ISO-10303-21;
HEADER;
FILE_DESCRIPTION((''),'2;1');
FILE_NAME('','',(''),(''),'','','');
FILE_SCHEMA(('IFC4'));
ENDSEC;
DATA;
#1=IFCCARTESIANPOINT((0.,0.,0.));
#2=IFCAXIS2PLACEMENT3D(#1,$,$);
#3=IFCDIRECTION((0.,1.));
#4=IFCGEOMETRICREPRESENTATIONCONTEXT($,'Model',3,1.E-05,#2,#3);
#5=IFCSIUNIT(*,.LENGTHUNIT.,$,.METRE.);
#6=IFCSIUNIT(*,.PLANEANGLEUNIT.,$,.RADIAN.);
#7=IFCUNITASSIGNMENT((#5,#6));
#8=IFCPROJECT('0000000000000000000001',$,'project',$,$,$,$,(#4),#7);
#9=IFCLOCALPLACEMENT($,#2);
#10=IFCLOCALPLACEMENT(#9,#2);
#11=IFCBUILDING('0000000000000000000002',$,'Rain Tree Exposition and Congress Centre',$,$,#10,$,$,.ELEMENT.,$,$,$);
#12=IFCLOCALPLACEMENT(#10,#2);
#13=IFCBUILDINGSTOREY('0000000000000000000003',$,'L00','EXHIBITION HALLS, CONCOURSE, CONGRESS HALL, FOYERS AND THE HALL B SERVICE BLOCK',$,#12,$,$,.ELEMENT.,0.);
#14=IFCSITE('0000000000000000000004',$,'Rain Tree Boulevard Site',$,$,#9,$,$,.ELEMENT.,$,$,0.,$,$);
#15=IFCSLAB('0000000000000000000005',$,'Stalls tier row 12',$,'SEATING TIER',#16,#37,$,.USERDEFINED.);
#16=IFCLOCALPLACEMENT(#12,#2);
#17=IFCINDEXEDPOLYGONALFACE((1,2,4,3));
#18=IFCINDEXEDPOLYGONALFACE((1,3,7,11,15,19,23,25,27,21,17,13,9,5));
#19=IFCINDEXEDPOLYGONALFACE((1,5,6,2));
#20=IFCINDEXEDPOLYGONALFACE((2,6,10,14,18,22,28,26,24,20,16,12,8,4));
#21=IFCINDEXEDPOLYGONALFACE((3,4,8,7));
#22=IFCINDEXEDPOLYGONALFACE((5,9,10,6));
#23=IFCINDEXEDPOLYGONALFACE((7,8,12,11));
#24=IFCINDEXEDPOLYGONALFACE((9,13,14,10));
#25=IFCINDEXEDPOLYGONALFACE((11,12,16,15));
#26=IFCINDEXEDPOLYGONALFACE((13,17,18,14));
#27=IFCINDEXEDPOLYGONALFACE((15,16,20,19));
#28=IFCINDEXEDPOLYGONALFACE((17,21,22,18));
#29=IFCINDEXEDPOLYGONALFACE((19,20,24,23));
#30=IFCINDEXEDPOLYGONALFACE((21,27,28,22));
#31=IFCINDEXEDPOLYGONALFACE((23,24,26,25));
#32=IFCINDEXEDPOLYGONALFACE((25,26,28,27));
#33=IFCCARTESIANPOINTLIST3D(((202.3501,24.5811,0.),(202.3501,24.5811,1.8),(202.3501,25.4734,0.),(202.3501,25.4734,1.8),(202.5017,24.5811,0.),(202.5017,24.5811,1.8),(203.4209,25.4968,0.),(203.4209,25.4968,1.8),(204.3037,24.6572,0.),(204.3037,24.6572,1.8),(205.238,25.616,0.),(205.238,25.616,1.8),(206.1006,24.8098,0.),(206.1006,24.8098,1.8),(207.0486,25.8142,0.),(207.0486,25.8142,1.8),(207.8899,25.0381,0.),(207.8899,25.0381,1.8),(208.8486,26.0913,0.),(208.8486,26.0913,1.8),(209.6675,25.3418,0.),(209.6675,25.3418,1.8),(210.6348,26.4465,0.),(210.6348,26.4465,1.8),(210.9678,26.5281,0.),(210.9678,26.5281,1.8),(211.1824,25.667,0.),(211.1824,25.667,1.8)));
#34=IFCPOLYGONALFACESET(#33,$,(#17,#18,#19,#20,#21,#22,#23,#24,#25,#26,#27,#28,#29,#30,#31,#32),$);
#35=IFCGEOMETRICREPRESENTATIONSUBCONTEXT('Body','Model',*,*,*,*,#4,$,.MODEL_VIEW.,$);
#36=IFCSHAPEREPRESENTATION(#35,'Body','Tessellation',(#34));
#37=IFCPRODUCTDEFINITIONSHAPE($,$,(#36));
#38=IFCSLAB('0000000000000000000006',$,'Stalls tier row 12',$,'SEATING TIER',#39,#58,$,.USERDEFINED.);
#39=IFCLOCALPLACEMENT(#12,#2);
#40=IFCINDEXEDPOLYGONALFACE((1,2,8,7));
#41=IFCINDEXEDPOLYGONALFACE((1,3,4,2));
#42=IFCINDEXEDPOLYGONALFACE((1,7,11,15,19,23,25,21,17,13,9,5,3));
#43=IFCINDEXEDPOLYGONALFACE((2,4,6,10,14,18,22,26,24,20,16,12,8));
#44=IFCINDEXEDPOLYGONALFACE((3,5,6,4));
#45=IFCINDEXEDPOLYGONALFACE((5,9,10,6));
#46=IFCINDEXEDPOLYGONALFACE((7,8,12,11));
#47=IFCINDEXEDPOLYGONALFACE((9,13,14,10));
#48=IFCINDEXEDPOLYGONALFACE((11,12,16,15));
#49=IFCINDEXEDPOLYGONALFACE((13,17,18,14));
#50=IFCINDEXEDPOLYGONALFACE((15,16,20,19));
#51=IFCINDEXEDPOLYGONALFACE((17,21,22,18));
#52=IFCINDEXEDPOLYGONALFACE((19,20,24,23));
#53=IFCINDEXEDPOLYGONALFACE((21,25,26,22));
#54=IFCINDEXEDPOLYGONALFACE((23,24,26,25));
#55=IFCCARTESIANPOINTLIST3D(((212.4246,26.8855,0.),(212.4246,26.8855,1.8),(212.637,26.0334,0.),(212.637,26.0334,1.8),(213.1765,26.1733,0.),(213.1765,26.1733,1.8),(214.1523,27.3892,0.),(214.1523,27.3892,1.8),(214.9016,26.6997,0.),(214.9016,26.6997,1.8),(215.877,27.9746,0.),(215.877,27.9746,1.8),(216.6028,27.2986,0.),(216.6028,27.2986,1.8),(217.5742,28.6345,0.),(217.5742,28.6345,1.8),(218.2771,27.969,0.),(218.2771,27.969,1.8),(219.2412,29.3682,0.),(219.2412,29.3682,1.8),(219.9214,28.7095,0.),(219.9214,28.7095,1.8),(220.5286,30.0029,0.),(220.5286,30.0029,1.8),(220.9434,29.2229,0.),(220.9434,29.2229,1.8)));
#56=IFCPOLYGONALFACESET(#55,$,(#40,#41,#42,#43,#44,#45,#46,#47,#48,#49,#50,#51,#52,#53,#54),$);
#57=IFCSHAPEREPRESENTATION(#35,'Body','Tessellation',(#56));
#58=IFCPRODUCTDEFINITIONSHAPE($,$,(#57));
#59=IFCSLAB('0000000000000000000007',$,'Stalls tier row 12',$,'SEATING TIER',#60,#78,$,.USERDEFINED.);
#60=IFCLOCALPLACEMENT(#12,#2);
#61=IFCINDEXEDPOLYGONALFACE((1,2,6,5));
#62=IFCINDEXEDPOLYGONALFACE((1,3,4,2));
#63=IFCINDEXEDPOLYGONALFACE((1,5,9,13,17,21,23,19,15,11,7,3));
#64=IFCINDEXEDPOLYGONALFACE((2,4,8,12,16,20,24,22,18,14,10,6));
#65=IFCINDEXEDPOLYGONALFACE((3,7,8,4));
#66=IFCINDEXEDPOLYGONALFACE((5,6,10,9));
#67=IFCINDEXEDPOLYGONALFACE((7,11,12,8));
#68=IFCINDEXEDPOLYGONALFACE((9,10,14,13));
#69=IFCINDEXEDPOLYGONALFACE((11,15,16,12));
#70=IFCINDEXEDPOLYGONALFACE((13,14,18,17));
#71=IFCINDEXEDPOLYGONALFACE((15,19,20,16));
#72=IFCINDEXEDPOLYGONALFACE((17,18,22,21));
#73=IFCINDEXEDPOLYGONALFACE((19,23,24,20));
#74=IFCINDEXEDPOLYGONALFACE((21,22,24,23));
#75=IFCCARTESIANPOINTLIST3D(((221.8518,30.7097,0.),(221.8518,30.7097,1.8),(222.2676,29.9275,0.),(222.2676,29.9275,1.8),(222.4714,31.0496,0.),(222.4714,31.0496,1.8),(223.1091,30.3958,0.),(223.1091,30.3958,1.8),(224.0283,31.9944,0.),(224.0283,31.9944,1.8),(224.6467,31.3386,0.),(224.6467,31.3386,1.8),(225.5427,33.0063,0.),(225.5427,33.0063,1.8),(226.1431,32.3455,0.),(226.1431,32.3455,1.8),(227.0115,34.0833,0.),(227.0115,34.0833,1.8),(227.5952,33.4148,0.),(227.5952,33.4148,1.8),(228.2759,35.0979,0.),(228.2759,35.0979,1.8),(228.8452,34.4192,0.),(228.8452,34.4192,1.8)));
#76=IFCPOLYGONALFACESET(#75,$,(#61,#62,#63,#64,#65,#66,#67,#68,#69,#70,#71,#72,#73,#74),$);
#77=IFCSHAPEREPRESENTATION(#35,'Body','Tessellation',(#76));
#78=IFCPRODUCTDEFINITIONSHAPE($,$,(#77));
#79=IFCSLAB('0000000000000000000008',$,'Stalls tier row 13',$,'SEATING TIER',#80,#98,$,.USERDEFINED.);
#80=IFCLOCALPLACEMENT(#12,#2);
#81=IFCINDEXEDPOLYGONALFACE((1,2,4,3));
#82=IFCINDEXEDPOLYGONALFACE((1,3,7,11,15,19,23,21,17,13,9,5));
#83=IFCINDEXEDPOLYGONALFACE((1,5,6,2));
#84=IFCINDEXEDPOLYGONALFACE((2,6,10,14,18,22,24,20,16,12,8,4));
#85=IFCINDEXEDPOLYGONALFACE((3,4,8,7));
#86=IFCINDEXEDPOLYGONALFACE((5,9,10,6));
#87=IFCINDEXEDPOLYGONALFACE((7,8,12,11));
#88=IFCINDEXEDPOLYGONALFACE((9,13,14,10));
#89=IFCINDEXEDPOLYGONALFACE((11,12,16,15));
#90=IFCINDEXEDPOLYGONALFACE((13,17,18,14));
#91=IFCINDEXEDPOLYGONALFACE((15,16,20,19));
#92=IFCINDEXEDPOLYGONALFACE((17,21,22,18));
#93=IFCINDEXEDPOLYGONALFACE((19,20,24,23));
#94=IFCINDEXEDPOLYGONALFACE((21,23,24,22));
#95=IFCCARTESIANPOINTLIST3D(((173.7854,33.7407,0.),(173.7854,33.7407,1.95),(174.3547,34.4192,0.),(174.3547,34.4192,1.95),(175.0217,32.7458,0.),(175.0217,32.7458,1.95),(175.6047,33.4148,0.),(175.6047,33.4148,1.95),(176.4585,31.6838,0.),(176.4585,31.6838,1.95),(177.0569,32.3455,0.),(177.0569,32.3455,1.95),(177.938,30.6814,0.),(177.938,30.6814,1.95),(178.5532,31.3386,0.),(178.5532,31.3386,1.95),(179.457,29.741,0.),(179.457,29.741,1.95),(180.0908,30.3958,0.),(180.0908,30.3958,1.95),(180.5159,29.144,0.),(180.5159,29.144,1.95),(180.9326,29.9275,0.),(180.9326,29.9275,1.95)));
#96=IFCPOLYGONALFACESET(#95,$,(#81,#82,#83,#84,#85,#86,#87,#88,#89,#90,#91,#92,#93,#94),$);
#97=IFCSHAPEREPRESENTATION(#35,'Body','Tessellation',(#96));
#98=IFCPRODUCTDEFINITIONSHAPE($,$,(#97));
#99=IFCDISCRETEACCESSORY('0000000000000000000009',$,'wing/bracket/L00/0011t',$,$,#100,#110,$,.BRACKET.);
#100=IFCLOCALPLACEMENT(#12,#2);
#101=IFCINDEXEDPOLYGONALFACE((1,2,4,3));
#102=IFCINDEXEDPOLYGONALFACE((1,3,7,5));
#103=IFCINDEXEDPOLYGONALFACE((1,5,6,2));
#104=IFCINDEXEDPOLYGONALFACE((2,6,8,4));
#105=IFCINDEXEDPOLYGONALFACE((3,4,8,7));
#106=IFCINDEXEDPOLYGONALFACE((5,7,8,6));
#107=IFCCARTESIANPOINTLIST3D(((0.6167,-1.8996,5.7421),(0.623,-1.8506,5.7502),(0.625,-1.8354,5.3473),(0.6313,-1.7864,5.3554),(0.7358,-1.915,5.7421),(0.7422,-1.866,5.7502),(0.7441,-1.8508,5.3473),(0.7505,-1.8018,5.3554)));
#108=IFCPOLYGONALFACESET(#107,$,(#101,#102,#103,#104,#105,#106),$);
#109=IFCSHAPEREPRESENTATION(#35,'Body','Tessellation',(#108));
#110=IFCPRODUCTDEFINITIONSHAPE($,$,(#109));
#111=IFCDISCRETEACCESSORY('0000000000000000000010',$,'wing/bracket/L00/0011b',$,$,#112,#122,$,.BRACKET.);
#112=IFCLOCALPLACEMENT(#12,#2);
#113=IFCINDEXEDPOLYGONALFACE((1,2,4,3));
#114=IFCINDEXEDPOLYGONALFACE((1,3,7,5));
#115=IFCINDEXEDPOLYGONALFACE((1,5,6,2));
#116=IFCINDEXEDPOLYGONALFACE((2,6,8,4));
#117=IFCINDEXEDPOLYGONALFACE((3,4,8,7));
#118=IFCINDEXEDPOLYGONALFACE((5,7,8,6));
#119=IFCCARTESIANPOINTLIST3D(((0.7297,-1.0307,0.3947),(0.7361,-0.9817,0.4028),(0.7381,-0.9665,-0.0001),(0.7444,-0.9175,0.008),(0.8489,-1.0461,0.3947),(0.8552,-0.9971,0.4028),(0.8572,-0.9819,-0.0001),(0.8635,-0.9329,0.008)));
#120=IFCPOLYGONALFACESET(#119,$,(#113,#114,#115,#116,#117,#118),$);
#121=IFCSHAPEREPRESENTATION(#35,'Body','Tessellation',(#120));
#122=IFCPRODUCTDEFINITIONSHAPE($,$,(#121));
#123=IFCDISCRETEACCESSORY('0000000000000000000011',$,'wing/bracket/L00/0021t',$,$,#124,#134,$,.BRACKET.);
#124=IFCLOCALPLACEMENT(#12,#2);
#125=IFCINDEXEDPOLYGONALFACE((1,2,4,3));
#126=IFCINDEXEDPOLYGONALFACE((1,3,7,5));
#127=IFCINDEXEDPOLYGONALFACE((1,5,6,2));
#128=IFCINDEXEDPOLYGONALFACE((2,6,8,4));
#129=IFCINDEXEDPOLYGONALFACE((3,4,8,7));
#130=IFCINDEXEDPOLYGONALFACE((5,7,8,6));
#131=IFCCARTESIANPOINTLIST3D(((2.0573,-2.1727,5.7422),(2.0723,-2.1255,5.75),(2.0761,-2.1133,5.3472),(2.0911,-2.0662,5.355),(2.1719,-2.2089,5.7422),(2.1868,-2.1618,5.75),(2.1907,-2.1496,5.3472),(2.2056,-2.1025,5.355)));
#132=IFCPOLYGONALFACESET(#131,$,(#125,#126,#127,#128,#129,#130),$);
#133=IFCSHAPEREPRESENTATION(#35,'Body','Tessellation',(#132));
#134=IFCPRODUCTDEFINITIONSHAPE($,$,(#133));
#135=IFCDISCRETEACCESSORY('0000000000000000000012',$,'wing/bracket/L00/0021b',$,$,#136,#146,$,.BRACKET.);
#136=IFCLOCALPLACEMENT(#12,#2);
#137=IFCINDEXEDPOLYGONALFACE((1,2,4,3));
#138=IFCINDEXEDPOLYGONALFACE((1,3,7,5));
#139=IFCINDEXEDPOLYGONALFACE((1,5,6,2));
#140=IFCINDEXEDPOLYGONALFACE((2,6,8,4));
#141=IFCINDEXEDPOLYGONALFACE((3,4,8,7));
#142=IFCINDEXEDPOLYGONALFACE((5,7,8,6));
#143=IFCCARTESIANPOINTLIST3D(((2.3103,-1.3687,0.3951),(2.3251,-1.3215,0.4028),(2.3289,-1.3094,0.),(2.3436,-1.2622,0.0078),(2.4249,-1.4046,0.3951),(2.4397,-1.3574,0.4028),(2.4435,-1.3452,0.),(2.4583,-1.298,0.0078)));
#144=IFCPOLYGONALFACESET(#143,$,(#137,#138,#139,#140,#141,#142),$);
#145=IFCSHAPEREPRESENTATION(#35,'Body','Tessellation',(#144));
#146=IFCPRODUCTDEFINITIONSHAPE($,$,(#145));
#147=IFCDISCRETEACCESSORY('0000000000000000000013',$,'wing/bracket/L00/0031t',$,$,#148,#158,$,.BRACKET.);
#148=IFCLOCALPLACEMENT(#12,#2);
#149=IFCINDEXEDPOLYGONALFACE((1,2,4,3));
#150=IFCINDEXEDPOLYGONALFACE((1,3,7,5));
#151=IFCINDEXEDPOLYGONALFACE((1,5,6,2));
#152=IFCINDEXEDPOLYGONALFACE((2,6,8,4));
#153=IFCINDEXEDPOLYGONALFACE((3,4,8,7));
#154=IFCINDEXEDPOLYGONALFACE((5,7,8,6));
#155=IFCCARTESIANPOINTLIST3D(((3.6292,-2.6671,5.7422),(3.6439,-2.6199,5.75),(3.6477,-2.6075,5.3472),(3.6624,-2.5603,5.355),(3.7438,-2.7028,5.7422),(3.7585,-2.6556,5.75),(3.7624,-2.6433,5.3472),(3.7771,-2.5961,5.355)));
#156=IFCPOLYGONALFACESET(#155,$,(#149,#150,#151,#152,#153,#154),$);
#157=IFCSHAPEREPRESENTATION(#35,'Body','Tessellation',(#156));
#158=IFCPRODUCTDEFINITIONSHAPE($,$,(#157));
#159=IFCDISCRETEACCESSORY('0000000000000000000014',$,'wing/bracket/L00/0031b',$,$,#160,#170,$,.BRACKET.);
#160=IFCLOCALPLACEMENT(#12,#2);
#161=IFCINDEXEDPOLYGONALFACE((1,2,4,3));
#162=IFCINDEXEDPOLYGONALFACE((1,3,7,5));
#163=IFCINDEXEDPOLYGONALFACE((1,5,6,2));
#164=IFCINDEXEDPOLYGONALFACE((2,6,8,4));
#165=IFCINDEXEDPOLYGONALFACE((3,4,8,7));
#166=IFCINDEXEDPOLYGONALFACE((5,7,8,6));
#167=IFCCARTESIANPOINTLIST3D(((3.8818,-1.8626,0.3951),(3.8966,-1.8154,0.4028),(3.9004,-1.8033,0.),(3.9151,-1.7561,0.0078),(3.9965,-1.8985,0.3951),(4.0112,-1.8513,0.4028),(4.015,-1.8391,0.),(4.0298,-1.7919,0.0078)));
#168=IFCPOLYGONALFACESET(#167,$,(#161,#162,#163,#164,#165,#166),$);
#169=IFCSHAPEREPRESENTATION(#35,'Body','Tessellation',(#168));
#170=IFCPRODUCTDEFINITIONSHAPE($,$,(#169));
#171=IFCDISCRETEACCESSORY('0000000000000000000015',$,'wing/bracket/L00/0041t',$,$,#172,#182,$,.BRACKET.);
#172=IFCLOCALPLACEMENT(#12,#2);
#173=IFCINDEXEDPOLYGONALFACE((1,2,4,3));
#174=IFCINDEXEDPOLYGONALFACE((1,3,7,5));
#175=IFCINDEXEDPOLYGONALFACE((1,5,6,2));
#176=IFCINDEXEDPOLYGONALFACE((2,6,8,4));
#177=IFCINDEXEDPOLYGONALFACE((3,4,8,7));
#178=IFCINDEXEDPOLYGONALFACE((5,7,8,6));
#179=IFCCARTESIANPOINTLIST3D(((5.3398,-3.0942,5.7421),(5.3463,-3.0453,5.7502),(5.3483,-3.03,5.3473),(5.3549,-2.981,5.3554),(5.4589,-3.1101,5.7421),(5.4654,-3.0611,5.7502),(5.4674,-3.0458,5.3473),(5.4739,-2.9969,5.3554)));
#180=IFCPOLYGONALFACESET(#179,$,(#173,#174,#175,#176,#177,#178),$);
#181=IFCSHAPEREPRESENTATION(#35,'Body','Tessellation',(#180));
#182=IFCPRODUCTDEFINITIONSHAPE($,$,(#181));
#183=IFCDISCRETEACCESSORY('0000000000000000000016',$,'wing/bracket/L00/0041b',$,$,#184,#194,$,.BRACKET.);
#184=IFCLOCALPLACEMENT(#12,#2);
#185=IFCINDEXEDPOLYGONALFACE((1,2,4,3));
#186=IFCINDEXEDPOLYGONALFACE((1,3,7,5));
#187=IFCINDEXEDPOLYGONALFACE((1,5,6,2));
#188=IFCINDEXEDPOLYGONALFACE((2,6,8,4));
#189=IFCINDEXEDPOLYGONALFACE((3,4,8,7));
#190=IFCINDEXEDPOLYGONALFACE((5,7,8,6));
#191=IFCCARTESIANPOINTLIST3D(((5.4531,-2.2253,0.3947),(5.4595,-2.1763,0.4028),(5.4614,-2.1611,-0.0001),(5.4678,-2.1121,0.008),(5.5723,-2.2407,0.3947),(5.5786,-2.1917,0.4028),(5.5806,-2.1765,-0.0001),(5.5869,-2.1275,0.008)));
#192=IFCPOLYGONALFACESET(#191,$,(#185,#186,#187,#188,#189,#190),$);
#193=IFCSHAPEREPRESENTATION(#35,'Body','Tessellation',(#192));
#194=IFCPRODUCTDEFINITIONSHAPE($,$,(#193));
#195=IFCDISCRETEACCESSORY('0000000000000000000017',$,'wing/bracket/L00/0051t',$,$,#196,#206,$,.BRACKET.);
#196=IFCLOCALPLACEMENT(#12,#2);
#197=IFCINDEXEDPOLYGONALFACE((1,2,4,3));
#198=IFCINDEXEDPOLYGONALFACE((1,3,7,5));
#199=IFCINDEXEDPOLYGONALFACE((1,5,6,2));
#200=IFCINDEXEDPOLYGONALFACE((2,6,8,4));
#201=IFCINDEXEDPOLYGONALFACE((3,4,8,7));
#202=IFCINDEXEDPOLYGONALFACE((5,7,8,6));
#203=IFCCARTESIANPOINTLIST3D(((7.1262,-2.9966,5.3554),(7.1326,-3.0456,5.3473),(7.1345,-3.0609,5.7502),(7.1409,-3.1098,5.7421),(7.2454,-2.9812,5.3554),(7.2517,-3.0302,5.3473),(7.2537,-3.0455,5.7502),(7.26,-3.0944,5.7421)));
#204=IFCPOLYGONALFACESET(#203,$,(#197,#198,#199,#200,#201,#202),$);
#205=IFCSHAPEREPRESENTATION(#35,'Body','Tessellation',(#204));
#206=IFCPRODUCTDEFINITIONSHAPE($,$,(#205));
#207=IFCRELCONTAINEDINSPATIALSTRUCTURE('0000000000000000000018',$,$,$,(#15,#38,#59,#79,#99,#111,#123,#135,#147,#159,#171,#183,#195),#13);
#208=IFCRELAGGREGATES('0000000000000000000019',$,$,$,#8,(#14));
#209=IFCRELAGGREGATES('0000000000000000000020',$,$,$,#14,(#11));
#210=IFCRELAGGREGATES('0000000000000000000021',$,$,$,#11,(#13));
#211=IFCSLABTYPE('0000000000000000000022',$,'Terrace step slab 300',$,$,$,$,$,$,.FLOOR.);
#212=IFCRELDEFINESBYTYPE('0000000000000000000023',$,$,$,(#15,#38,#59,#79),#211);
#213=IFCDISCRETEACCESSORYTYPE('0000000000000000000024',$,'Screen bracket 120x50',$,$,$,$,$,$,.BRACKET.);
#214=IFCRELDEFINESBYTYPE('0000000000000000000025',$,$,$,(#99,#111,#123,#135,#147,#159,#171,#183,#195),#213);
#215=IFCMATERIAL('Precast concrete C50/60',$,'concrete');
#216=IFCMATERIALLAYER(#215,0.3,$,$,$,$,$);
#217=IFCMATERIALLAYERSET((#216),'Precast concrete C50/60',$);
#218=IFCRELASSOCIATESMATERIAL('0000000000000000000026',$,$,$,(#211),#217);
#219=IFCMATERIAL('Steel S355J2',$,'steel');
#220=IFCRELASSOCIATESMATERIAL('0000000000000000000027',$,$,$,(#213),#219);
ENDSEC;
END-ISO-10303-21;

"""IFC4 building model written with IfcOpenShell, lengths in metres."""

from ifc_helpers import new_model, si_unit, direction, frame, origin, origin_2d, place, context, subcontext, project, spatial, polyline, rectangle, outline, extrude, material, layer, layer_set, material_profile, profile_set, type_object, element, save


model = new_model("IFC4")

# Units and contexts
model_context = context("Model", 3, precision=1e-05, world=origin(), true_north=direction((0.0, 1.0)))
body_context = subcontext(model_context, "Body", "Model", "MODEL_VIEW")
ifc_project = project(units=[si_unit("LENGTHUNIT", "METRE"), si_unit("PLANEANGLEUNIT", "RADIAN")], contexts=[model_context])

# Site, building, storey
site_placement = place(None, origin())
site = spatial("IfcSite", under=ifc_project, at=site_placement, Name="Rain Tree Boulevard Site", CompositionType="ELEMENT", RefElevation=0.0)
building_placement = place(site_placement, origin())
building = spatial("IfcBuilding", under=site, at=building_placement, Name="Rain Tree Exposition and Congress Centre", CompositionType="ELEMENT")
storey_placement = place(building_placement, origin())
storey = spatial("IfcBuildingStorey", under=building, at=storey_placement, Name="L00", Description="EXHIBITION HALLS, CONCOURSE, CONGRESS HALL, FOYERS AND THE HALL B SERVICE BLOCK", CompositionType="ELEMENT", Elevation=0.0)

# Slabs
ifc_material_1 = material(Name="Precast concrete C50/60", Category="concrete")
ifc_layer_1 = layer(ifc_material_1, 0.3)
ifc_layer_set_1 = layer_set([ifc_layer_1], Name="Precast concrete C50/60")
slab_type = type_object("IfcSlabType", Name="Terrace step slab 300", PredefinedType="FLOOR", material=ifc_layer_set_1)
slab_1_placement = place(storey_placement, origin())
element("IfcSlab", 1, at=slab_1_placement, inside=storey, type_object=slab_type, Name="Stalls tier row 12", ObjectType="SEATING TIER", PredefinedType="USERDEFINED", context=body_context, shape_type="SweptSolid", body=[
    extrude(outline(polyline([(209.6675, 25.3418), (211.1824, 25.667), (210.9678, 26.5281), (210.6348, 26.4465), (208.8486, 26.0913), (207.0486, 25.8142), (205.238, 25.616), (203.4209, 25.4968), (202.3501, 25.4734), (202.3501, 24.5811), (202.5017, 24.5811), (204.3037, 24.6572), (206.1006, 24.8098), (207.8899, 25.0381), (209.6675, 25.3418)])), origin(), (0.0, 0.0, 1.0), 1.8),
])
slab_2_placement = place(storey_placement, origin())
element("IfcSlab", 2, at=slab_2_placement, inside=storey, type_object=slab_type, Name="Stalls tier row 12", ObjectType="SEATING TIER", PredefinedType="USERDEFINED", context=body_context, shape_type="SweptSolid", body=[
    extrude(outline(polyline([(219.9214, 28.7095), (220.9434, 29.2229), (220.5286, 30.0029), (219.2412, 29.3682), (217.5742, 28.6345), (215.877, 27.9746), (214.1523, 27.3892), (212.4246, 26.8855), (212.637, 26.0334), (213.1765, 26.1733), (214.9016, 26.6997), (216.6028, 27.2986), (218.2771, 27.969), (219.9214, 28.7095)])), origin(), (0.0, 0.0, 1.0), 1.8),
])
slab_3_placement = place(storey_placement, origin())
element("IfcSlab", 3, at=slab_3_placement, inside=storey, type_object=slab_type, Name="Stalls tier row 12", ObjectType="SEATING TIER", PredefinedType="USERDEFINED", context=body_context, shape_type="SweptSolid", body=[
    extrude(outline(polyline([(226.1431, 32.3455), (227.5952, 33.4148), (228.8452, 34.4192), (228.2759, 35.0979), (227.0115, 34.0833), (225.5427, 33.0063), (224.0283, 31.9944), (222.4714, 31.0496), (221.8518, 30.7097), (222.2676, 29.9275), (223.1091, 30.3958), (224.6467, 31.3386), (226.1431, 32.3455)])), origin(), (0.0, 0.0, 1.0), 1.8),
])
slab_4_placement = place(storey_placement, origin())
element("IfcSlab", 4, at=slab_4_placement, inside=storey, type_object=slab_type, Name="Stalls tier row 13", ObjectType="SEATING TIER", PredefinedType="USERDEFINED", context=body_context, shape_type="SweptSolid", body=[
    extrude(outline(polyline([(179.457, 29.741), (180.5159, 29.144), (180.9326, 29.9275), (180.0908, 30.3958), (178.5532, 31.3386), (177.0569, 32.3455), (175.6047, 33.4148), (174.3547, 34.4192), (173.7854, 33.7407), (175.0217, 32.7458), (176.4585, 31.6838), (177.938, 30.6814), (179.457, 29.741)])), origin(), (0.0, 0.0, 1.0), 1.95),
])

# Discrete accessories
ifc_material_2 = material(Name="Steel S355J2", Category="steel")
ifc_material_profile = material_profile(ifc_material_2, rectangle(XDim=0.1201, YDim=0.05, at=origin_2d()), Name="Flat bar 120x50")
ifc_profile_set = profile_set([ifc_material_profile], Name="Steel S355J2")
discrete_accessory_type = type_object("IfcDiscreteAccessoryType", Name="Screen bracket 120x50", PredefinedType="BRACKET", material=ifc_profile_set)
for number, where, z_axis, x_axis, name in (
    (5, (0.6877, -1.8186, 5.3513), (-0.020749, -0.160503, 0.986817), (0.991747, -0.128211, 0.0), "wing/bracket/L00/0011t"),
    (6, (0.8008, -0.9497, 0.0039), (-0.020749, -0.160503, 0.986817), (0.991747, -0.128211, 0.0), "wing/bracket/L00/0011b"),
):
    element("IfcDiscreteAccessory", number, at=place(storey_placement, frame(where, z_axis=z_axis, x_axis=x_axis)), inside=storey, type_object=discrete_accessory_type, Name=name, PredefinedType="BRACKET", context=body_context, shape_type="SweptSolid", body=[
        extrude(rectangle(XDim=0.1201, YDim=0.05, at=origin_2d()), origin(), (0.0, 0.0, 1.0), 0.4001),
    ])
for number, where, z_axis, x_axis, name in (
    (7, (2.1409, -2.1079, 5.3511), (-0.04701, -0.148356, 0.987816), (0.953286, -0.30207, 0.0), "wing/bracket/L00/0021t"),
    (8, (2.3936, -1.3037, 0.0039), (-0.046401, -0.14836, 0.987844), (0.95441, -0.298499, 0.0), "wing/bracket/L00/0021b"),
    (9, (3.7124, -2.6018, 5.3511), (-0.046396, -0.148957, 0.987755), (0.954758, -0.297384, 0.0), "wing/bracket/L00/0031t"),
    (10, (3.9651, -1.7976, 0.0039), (-0.046401, -0.14836, 0.987844), (0.95441, -0.298499, 0.0), "wing/bracket/L00/0031b"),
):
    element("IfcDiscreteAccessory", number, at=place(storey_placement, frame(where, z_axis=z_axis, x_axis=x_axis)), inside=storey, type_object=discrete_accessory_type, Name=name, PredefinedType="BRACKET", context=body_context, shape_type="SweptSolid", body=[
        extrude(rectangle(XDim=0.1201, YDim=0.05, at=origin_2d()), origin(), (0.0, 0.0, 1.0), 0.3999),
    ])
for number, where, z_axis, x_axis, name in (
    (11, (5.4111, -3.0134, 5.3513), (-0.021359, -0.160501, 0.986805), (0.991261, -0.131917, 0.0), "wing/bracket/L00/0041t"),
    (12, (5.5242, -2.1443, 0.0039), (-0.020749, -0.160503, 0.986817), (0.991747, -0.128211, 0.0), "wing/bracket/L00/0041b"),
    (13, (7.189, -3.0134, 5.3513), (0.020749, -0.160503, 0.986817), (0.991747, 0.128211, 0.0), "wing/bracket/L00/0051t"),
):
    element("IfcDiscreteAccessory", number, at=place(storey_placement, frame(where, z_axis=z_axis, x_axis=x_axis)), inside=storey, type_object=discrete_accessory_type, Name=name, PredefinedType="BRACKET", context=body_context, shape_type="SweptSolid", body=[
        extrude(rectangle(XDim=0.1201, YDim=0.05, at=origin_2d()), origin(), (0.0, 0.0, 1.0), 0.4001),
    ])

save(model, "model.ifc")
